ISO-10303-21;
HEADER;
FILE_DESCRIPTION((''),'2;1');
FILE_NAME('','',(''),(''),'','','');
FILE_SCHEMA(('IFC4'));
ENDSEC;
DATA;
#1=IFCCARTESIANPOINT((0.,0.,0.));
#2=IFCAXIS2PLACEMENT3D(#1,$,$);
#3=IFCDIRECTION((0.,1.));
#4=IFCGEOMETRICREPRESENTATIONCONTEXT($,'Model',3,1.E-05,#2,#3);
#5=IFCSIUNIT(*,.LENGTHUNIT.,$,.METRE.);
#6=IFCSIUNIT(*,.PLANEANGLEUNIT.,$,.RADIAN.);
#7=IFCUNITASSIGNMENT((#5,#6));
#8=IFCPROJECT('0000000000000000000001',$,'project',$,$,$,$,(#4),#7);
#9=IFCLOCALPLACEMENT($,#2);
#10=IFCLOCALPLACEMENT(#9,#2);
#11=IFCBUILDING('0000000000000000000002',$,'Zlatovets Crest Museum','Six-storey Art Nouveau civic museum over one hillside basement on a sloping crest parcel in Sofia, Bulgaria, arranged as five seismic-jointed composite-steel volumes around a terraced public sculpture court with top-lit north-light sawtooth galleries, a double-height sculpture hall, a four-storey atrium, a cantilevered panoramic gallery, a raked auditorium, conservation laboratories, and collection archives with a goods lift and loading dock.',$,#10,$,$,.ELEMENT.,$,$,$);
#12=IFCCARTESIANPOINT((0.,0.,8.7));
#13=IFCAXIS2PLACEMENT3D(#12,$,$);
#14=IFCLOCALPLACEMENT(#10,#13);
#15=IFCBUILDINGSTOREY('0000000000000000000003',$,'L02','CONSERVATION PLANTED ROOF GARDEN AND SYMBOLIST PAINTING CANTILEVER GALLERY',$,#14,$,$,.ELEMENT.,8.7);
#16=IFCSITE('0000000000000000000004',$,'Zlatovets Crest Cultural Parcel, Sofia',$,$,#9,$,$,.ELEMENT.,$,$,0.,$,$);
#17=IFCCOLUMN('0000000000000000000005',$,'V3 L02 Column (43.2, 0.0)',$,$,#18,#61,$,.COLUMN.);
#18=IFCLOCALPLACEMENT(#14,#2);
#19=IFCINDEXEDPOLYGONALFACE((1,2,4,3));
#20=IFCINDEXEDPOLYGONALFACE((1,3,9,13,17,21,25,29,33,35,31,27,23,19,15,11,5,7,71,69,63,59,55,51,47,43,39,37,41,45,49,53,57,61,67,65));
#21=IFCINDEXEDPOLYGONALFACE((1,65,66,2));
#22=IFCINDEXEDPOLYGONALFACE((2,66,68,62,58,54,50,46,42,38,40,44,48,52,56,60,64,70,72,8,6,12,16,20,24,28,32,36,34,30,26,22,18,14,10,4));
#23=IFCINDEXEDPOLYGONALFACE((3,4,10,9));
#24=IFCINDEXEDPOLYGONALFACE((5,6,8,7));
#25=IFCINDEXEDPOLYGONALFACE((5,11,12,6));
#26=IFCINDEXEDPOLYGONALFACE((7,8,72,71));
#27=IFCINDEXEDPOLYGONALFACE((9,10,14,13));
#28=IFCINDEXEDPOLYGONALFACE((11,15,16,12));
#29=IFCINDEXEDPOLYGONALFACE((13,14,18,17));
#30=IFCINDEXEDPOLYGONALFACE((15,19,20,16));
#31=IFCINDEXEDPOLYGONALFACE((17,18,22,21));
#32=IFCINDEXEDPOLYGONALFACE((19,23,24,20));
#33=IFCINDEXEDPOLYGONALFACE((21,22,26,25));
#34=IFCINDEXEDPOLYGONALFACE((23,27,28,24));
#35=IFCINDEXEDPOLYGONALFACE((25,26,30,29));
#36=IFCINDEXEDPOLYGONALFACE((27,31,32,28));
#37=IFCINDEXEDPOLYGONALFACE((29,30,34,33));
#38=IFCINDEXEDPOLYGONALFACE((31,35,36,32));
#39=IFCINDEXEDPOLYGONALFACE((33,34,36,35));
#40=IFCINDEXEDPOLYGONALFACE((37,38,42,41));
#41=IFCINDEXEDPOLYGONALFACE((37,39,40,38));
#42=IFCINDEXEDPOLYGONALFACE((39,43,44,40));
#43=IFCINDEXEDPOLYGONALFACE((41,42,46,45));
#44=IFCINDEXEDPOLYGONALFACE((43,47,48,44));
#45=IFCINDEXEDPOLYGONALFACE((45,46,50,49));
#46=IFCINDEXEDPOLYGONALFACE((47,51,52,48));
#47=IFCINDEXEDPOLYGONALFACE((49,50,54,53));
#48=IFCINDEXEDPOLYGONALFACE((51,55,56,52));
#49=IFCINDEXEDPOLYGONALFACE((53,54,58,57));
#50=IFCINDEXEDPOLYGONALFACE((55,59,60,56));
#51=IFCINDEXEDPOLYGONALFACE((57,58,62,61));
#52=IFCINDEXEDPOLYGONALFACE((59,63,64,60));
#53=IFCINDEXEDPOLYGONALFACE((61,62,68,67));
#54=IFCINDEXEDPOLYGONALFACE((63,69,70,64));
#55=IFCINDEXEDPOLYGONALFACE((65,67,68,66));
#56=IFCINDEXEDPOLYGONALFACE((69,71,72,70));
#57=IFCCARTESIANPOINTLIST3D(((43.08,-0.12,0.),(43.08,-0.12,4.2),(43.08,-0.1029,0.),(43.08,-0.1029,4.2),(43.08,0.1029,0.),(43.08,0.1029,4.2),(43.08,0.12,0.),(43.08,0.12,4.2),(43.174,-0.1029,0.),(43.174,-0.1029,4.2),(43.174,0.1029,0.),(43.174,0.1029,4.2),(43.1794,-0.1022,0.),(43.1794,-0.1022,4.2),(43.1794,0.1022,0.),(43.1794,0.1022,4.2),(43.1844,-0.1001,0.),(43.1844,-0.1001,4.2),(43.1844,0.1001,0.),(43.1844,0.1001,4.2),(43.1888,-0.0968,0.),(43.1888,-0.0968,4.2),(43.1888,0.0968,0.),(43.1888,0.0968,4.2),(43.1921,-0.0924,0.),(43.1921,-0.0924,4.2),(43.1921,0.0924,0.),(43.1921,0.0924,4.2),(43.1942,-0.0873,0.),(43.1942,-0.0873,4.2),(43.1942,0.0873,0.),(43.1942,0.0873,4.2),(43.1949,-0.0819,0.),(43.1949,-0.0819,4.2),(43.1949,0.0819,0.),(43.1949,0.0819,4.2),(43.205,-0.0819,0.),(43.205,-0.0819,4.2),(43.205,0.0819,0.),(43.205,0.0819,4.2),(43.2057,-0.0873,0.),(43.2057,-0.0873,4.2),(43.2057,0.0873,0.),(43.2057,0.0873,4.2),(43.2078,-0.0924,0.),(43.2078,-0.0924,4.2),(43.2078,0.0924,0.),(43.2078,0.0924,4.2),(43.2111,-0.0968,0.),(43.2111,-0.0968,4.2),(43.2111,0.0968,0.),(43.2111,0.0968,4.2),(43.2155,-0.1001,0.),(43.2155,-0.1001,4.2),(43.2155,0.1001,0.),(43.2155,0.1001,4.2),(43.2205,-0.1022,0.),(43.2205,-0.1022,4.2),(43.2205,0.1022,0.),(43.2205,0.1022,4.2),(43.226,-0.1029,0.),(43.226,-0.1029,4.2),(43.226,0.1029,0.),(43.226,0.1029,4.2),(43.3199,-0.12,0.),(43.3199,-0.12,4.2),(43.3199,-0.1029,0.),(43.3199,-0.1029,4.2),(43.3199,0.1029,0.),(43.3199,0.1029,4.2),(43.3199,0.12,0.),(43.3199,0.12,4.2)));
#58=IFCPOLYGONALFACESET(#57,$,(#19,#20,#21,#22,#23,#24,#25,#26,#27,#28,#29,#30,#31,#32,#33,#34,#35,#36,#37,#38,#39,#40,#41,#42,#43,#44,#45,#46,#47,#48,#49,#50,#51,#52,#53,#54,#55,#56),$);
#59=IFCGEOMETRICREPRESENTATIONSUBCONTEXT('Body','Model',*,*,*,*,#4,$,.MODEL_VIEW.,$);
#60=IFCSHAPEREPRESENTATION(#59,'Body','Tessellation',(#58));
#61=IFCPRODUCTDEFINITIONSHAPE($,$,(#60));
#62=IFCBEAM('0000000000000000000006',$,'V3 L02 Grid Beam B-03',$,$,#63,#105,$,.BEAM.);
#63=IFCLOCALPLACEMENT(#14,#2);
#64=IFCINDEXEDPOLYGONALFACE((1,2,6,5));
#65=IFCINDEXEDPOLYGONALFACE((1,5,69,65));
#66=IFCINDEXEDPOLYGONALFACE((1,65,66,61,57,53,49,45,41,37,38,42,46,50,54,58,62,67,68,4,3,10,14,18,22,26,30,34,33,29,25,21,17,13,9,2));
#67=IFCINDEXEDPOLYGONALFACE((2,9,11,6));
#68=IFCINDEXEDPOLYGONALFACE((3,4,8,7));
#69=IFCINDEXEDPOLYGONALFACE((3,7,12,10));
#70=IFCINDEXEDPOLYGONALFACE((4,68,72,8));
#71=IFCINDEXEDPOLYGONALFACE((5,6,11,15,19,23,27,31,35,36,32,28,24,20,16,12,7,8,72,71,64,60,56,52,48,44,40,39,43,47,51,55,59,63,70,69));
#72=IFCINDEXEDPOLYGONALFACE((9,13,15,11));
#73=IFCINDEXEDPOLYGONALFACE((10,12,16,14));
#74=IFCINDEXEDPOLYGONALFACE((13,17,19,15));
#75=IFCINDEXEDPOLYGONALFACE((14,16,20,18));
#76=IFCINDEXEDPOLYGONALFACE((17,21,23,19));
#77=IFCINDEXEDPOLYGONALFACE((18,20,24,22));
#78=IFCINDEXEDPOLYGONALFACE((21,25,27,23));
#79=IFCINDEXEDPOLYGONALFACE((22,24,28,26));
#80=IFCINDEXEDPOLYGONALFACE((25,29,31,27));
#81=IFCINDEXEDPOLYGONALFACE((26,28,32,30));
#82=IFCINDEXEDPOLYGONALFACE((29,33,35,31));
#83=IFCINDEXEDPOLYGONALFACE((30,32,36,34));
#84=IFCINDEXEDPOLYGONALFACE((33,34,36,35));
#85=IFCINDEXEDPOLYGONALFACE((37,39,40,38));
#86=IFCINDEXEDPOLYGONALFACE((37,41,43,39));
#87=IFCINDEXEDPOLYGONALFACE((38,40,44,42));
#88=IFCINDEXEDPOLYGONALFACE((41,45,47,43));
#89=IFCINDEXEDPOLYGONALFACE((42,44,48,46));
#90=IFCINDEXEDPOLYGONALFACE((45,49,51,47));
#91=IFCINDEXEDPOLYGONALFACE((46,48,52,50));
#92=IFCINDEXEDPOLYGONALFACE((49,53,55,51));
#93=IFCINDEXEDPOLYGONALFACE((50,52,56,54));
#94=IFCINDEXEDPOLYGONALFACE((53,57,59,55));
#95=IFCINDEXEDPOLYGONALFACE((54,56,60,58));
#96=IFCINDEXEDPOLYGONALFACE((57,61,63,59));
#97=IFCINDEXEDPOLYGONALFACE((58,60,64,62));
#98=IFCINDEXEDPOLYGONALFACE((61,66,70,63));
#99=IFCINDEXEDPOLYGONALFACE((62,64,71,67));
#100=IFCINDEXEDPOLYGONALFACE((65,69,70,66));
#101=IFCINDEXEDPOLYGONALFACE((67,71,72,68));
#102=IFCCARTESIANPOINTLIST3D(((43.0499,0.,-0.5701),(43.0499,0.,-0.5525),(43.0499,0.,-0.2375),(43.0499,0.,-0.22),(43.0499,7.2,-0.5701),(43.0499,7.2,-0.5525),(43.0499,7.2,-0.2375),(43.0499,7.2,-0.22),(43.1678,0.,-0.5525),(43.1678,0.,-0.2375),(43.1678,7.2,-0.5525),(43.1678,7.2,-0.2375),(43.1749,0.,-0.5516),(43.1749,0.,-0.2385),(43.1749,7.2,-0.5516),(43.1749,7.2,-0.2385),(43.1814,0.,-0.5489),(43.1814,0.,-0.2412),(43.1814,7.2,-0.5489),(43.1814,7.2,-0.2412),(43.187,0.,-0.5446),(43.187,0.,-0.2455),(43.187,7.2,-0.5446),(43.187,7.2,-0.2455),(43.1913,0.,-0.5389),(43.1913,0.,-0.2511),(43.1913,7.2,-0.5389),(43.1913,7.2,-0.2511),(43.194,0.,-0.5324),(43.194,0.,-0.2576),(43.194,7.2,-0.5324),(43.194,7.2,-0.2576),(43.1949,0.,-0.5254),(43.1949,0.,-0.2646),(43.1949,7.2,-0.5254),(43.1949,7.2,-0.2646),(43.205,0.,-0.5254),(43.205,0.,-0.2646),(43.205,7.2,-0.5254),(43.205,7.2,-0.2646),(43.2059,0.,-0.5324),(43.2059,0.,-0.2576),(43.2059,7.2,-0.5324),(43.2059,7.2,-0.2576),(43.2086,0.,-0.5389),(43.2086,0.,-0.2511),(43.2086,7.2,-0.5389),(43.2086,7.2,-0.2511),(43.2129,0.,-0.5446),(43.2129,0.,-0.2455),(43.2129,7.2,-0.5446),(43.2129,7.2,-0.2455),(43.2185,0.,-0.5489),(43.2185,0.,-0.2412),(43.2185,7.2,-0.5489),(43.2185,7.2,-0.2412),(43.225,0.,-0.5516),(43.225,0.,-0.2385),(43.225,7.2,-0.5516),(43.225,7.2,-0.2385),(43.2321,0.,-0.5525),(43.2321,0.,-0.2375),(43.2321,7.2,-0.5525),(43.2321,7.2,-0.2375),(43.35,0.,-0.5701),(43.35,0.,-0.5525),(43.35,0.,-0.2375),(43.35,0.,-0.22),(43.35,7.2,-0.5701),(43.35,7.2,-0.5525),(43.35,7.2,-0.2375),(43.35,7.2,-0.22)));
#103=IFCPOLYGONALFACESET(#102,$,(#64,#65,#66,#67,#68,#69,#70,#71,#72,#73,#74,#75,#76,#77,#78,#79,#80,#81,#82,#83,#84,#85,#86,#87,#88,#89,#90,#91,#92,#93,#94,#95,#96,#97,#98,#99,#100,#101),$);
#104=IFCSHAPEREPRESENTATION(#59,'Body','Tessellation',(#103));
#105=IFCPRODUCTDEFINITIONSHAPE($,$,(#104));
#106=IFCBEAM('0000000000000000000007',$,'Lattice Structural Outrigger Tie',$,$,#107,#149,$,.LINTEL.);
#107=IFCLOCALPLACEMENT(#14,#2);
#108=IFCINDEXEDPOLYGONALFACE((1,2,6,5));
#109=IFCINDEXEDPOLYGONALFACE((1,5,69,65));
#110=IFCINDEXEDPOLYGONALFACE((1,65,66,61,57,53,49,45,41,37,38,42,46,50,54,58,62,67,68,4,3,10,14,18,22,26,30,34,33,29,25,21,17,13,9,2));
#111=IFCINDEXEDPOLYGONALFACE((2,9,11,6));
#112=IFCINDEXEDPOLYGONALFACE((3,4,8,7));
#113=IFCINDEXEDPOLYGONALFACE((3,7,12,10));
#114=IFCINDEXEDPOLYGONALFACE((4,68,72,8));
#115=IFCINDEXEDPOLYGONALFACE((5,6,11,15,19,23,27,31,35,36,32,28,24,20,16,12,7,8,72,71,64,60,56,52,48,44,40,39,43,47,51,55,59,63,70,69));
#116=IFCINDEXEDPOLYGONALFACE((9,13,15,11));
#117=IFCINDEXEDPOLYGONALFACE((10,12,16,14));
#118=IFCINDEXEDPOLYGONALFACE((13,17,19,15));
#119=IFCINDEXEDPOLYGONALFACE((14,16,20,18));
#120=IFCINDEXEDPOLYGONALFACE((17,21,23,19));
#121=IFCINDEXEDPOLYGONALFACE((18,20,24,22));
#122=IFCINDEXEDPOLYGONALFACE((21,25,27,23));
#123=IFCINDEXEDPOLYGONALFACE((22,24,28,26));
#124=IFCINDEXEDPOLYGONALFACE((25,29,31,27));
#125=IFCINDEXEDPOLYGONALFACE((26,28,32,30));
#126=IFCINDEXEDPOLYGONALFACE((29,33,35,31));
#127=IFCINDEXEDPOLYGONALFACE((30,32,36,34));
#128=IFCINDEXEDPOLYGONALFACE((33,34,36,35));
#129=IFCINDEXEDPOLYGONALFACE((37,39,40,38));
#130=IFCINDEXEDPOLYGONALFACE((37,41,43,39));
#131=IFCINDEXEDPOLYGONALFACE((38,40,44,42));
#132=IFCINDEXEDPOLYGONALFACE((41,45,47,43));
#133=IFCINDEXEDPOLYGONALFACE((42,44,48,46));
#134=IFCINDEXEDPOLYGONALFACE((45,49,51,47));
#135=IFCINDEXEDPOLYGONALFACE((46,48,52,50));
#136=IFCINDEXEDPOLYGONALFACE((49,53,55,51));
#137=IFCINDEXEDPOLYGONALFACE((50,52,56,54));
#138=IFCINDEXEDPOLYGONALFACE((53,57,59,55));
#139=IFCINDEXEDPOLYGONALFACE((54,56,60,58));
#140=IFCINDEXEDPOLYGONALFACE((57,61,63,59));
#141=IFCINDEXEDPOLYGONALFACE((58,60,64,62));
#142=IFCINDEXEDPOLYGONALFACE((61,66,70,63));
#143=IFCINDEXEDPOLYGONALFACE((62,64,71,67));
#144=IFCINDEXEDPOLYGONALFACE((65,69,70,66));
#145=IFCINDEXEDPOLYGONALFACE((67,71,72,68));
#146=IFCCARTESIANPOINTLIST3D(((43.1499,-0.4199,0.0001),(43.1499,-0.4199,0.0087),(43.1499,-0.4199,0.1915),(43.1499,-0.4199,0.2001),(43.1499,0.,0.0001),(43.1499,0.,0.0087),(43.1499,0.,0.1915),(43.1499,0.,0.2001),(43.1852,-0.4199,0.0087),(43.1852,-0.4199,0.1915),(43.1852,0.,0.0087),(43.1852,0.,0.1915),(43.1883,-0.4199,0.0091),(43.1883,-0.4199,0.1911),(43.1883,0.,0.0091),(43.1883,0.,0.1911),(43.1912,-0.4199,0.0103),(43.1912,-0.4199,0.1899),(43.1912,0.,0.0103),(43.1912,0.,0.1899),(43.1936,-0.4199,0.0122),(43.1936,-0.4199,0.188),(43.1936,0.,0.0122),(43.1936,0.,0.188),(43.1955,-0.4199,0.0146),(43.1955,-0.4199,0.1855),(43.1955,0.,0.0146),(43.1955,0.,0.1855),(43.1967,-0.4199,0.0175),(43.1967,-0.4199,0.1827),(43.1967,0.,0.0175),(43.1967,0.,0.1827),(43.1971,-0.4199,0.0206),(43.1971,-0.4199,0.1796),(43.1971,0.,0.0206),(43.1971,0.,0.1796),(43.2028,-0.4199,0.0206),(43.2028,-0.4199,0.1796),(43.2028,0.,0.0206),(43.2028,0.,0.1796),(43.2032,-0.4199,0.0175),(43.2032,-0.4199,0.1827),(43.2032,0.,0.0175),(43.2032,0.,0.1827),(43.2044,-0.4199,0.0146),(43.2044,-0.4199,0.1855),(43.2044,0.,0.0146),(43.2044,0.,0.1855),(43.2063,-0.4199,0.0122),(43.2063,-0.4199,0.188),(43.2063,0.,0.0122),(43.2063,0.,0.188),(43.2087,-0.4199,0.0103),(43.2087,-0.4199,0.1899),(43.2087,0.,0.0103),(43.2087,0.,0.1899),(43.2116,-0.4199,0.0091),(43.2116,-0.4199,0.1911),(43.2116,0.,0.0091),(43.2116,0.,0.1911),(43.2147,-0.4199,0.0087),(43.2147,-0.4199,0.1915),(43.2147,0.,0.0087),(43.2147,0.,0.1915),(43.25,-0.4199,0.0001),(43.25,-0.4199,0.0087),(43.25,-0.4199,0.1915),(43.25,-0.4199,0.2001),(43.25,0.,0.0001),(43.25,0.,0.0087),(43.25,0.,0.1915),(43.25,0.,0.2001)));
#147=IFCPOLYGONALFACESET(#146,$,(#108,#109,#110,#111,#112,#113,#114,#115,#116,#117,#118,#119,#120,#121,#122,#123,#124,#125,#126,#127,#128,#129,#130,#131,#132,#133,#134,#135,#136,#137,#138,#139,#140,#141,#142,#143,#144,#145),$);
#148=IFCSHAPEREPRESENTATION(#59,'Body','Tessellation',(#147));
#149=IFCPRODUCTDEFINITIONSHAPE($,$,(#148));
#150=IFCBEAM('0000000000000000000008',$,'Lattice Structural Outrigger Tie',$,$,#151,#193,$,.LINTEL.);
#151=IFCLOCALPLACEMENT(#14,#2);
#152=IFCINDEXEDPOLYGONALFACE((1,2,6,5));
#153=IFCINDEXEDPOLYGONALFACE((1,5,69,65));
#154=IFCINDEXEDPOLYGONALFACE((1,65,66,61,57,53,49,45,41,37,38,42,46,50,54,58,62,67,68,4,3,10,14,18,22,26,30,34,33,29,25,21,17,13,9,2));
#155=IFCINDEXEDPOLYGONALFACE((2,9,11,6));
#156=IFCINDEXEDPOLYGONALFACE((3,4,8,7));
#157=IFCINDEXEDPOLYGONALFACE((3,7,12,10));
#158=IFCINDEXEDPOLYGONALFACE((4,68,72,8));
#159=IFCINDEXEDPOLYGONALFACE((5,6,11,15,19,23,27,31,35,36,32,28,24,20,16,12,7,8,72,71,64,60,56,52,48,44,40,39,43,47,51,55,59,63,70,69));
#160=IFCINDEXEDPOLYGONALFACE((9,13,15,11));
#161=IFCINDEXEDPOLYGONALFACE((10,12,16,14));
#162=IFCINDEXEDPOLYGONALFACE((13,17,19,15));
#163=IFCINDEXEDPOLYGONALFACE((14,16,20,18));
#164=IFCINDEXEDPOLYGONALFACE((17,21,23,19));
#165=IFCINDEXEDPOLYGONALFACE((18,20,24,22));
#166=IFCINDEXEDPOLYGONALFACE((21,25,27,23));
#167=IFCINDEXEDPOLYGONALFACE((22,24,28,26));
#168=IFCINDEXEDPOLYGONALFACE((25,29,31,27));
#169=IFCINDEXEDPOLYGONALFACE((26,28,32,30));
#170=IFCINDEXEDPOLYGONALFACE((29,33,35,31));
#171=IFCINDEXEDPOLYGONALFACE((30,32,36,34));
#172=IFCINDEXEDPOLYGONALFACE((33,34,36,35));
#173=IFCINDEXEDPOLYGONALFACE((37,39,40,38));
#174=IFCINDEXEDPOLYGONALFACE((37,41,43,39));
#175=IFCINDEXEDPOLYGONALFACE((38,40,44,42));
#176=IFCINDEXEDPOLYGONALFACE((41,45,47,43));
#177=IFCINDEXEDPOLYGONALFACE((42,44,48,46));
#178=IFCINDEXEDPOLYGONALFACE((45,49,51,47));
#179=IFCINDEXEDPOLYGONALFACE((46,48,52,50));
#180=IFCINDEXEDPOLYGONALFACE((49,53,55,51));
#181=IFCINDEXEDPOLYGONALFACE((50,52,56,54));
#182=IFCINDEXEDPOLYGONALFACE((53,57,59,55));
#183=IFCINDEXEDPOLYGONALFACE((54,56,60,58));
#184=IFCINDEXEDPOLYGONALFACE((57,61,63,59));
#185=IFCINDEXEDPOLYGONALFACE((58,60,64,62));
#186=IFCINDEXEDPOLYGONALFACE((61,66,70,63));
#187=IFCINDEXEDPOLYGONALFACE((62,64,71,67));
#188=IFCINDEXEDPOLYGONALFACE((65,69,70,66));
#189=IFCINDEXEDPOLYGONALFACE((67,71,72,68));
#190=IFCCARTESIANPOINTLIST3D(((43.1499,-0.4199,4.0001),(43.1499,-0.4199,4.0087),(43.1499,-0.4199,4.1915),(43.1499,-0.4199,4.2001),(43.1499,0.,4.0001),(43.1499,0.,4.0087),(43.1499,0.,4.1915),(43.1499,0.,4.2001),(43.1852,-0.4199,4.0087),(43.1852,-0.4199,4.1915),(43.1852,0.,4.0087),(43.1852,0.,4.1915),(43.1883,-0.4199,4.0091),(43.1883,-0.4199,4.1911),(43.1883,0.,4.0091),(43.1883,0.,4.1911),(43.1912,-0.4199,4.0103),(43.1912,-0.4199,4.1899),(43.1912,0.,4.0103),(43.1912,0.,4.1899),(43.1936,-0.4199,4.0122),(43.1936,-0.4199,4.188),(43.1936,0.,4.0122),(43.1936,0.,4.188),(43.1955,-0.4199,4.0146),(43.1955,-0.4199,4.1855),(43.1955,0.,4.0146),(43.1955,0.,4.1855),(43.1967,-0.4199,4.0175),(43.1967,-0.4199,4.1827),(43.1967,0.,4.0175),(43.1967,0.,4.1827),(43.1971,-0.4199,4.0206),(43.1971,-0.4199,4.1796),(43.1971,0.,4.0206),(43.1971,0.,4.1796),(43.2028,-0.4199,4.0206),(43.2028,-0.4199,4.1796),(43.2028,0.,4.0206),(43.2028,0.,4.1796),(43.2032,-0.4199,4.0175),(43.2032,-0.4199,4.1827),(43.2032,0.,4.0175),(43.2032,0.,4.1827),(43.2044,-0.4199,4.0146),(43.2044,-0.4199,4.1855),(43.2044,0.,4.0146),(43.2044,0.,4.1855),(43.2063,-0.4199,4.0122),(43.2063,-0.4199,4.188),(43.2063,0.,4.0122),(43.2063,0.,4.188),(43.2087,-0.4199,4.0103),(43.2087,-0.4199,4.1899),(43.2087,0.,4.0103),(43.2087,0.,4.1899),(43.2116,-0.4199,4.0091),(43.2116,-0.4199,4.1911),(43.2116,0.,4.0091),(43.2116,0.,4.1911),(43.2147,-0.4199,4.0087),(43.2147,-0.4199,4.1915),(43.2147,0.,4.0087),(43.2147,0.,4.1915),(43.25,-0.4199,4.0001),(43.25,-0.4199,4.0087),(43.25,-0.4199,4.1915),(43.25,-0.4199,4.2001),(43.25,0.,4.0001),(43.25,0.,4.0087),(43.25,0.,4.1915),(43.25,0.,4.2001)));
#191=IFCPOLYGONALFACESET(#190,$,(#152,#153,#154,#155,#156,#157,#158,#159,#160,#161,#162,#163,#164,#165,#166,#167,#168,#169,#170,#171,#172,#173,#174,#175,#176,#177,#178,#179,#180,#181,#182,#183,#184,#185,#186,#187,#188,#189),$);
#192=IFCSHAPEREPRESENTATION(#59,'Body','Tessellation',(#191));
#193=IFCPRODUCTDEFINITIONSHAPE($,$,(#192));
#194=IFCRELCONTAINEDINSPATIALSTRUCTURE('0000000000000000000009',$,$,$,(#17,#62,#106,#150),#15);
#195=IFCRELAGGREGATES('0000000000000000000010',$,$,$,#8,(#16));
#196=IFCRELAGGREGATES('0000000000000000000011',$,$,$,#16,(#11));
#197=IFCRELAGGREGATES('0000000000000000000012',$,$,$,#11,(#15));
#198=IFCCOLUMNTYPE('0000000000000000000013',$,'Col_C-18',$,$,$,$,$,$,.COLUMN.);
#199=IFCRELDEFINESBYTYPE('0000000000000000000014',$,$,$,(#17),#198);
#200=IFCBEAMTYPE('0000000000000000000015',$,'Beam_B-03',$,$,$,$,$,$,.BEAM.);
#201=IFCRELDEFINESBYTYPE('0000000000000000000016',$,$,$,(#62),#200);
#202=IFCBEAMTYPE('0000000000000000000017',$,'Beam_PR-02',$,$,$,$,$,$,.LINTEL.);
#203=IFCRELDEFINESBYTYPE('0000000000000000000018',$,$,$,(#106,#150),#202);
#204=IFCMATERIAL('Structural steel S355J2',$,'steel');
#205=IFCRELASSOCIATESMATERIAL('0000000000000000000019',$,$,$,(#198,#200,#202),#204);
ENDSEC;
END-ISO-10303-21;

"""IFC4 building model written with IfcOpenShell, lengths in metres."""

from ifc_helpers import new_model, si_unit, direction, frame, origin, origin_2d, place, context, subcontext, project, spatial, i_section, extrude, material, material_profile, profile_set, type_object, element, save


model = new_model("IFC4")

# Units and contexts
model_context = context("Model", 3, precision=1e-05, world=origin(), true_north=direction((0.0, 1.0)))
body_context = subcontext(model_context, "Body", "Model", "MODEL_VIEW")
ifc_project = project(units=[si_unit("LENGTHUNIT", "METRE"), si_unit("PLANEANGLEUNIT", "RADIAN")], contexts=[model_context])

# Site, building, storey
site_placement = place(None, origin())
site = spatial("IfcSite", under=ifc_project, at=site_placement, Name="Zlatovets Crest Cultural Parcel, Sofia", CompositionType="ELEMENT", RefElevation=0.0)
building_placement = place(site_placement, origin())
building = spatial("IfcBuilding", under=site, at=building_placement, Name="Zlatovets Crest Museum", Description="Six-storey Art Nouveau civic museum over one hillside basement on a sloping crest parcel in Sofia, Bulgaria, arranged as five seismic-jointed composite-steel volumes around a terraced public sculpture court with top-lit north-light sawtooth galleries, a double-height sculpture hall, a four-storey atrium, a cantilevered panoramic gallery, a raked auditorium, conservation laboratories, and collection archives with a goods lift and loading dock.", CompositionType="ELEMENT")
storey_placement = place(building_placement, frame((0.0, 0.0, 8.7)))
storey = spatial("IfcBuildingStorey", under=building, at=storey_placement, Name="L02", Description="CONSERVATION PLANTED ROOF GARDEN AND SYMBOLIST PAINTING CANTILEVER GALLERY", CompositionType="ELEMENT", Elevation=8.7)

# Column
ifc_material_1 = material(Name="Structural steel S355J2", Category="steel")
ifc_material_profile_1 = material_profile(ifc_material_1, i_section(OverallWidth=0.24, OverallDepth=0.24, WebThickness=0.01, FlangeThickness=0.0171, FilletRadius=0.021, at=origin_2d()), Name="HEB 240")
ifc_profile_set_1 = profile_set([ifc_material_profile_1], Name="Structural steel S355J2")
column_type = type_object("IfcColumnType", Name="Col_C-18", PredefinedType="COLUMN", material=ifc_profile_set_1)
column_placement = place(storey_placement, frame((43.2, 0.0, 0.0), z_axis=(0.0, 0.0, 1.0), x_axis=(1.0, 0.0, 0.0)))
element("IfcColumn", 1, at=column_placement, inside=storey, type_object=column_type, Name="V3 L02 Column (43.2, 0.0)", PredefinedType="COLUMN", context=body_context, shape_type="SweptSolid", body=[
    extrude(i_section(OverallWidth=0.24, OverallDepth=0.24, WebThickness=0.01, FlangeThickness=0.0171, FilletRadius=0.021, at=origin_2d()), origin(), (0.0, 0.0, 1.0), 4.2),
])

# Beams
ifc_material_profile_2 = material_profile(ifc_material_1, i_section(OverallWidth=0.3, OverallDepth=0.3501, WebThickness=0.01, FlangeThickness=0.0176, FilletRadius=0.0271, at=origin_2d()), Name="HEA 360")
ifc_profile_set_2 = profile_set([ifc_material_profile_2], Name="Structural steel S355J2")
beam_type_1 = type_object("IfcBeamType", Name="Beam_B-03", PredefinedType="BEAM", material=ifc_profile_set_2)
beam_placement = place(storey_placement, frame((43.2, 0.0, -0.395), z_axis=(0.0, 1.0, 0.0), x_axis=(-1.0, 0.0, 0.0)))
element("IfcBeam", 2, at=beam_placement, inside=storey, type_object=beam_type_1, Name="V3 L02 Grid Beam B-03", PredefinedType="BEAM", context=body_context, shape_type="SweptSolid", body=[
    extrude(i_section(OverallWidth=0.3, OverallDepth=0.3501, WebThickness=0.01, FlangeThickness=0.0176, FilletRadius=0.0271, at=origin_2d()), origin(), (0.0, 0.0, 1.0), 7.2),
])
ifc_material_profile_3 = material_profile(ifc_material_1, i_section(OverallWidth=0.1001, OverallDepth=0.2, WebThickness=0.0056, FlangeThickness=0.0085, FilletRadius=0.012, at=origin_2d()), Name="IPE 200")
ifc_profile_set_3 = profile_set([ifc_material_profile_3], Name="Structural steel S355J2")
beam_type_2 = type_object("IfcBeamType", Name="Beam_PR-02", PredefinedType="LINTEL", material=ifc_profile_set_3)
for number, where, z_axis, x_axis, name in (
    (3, (43.2, 0.0, 0.1001), (0.0, -1.0, 0.0), (1.0, 0.0, 0.0), "Lattice Structural Outrigger Tie"),
    (4, (43.2, 0.0, 4.1001), (0.0, -1.0, 0.0), (1.0, 0.0, 0.0), "Lattice Structural Outrigger Tie"),
):
    element("IfcBeam", number, at=place(storey_placement, frame(where, z_axis=z_axis, x_axis=x_axis)), inside=storey, type_object=beam_type_2, Name=name, PredefinedType="LINTEL", context=body_context, shape_type="SweptSolid", body=[
        extrude(i_section(OverallWidth=0.1001, OverallDepth=0.2, WebThickness=0.0056, FlangeThickness=0.0085, FilletRadius=0.012, at=origin_2d()), origin(), (0.0, 0.0, 1.0), 0.4199),
    ])

save(model, "model.ifc")
